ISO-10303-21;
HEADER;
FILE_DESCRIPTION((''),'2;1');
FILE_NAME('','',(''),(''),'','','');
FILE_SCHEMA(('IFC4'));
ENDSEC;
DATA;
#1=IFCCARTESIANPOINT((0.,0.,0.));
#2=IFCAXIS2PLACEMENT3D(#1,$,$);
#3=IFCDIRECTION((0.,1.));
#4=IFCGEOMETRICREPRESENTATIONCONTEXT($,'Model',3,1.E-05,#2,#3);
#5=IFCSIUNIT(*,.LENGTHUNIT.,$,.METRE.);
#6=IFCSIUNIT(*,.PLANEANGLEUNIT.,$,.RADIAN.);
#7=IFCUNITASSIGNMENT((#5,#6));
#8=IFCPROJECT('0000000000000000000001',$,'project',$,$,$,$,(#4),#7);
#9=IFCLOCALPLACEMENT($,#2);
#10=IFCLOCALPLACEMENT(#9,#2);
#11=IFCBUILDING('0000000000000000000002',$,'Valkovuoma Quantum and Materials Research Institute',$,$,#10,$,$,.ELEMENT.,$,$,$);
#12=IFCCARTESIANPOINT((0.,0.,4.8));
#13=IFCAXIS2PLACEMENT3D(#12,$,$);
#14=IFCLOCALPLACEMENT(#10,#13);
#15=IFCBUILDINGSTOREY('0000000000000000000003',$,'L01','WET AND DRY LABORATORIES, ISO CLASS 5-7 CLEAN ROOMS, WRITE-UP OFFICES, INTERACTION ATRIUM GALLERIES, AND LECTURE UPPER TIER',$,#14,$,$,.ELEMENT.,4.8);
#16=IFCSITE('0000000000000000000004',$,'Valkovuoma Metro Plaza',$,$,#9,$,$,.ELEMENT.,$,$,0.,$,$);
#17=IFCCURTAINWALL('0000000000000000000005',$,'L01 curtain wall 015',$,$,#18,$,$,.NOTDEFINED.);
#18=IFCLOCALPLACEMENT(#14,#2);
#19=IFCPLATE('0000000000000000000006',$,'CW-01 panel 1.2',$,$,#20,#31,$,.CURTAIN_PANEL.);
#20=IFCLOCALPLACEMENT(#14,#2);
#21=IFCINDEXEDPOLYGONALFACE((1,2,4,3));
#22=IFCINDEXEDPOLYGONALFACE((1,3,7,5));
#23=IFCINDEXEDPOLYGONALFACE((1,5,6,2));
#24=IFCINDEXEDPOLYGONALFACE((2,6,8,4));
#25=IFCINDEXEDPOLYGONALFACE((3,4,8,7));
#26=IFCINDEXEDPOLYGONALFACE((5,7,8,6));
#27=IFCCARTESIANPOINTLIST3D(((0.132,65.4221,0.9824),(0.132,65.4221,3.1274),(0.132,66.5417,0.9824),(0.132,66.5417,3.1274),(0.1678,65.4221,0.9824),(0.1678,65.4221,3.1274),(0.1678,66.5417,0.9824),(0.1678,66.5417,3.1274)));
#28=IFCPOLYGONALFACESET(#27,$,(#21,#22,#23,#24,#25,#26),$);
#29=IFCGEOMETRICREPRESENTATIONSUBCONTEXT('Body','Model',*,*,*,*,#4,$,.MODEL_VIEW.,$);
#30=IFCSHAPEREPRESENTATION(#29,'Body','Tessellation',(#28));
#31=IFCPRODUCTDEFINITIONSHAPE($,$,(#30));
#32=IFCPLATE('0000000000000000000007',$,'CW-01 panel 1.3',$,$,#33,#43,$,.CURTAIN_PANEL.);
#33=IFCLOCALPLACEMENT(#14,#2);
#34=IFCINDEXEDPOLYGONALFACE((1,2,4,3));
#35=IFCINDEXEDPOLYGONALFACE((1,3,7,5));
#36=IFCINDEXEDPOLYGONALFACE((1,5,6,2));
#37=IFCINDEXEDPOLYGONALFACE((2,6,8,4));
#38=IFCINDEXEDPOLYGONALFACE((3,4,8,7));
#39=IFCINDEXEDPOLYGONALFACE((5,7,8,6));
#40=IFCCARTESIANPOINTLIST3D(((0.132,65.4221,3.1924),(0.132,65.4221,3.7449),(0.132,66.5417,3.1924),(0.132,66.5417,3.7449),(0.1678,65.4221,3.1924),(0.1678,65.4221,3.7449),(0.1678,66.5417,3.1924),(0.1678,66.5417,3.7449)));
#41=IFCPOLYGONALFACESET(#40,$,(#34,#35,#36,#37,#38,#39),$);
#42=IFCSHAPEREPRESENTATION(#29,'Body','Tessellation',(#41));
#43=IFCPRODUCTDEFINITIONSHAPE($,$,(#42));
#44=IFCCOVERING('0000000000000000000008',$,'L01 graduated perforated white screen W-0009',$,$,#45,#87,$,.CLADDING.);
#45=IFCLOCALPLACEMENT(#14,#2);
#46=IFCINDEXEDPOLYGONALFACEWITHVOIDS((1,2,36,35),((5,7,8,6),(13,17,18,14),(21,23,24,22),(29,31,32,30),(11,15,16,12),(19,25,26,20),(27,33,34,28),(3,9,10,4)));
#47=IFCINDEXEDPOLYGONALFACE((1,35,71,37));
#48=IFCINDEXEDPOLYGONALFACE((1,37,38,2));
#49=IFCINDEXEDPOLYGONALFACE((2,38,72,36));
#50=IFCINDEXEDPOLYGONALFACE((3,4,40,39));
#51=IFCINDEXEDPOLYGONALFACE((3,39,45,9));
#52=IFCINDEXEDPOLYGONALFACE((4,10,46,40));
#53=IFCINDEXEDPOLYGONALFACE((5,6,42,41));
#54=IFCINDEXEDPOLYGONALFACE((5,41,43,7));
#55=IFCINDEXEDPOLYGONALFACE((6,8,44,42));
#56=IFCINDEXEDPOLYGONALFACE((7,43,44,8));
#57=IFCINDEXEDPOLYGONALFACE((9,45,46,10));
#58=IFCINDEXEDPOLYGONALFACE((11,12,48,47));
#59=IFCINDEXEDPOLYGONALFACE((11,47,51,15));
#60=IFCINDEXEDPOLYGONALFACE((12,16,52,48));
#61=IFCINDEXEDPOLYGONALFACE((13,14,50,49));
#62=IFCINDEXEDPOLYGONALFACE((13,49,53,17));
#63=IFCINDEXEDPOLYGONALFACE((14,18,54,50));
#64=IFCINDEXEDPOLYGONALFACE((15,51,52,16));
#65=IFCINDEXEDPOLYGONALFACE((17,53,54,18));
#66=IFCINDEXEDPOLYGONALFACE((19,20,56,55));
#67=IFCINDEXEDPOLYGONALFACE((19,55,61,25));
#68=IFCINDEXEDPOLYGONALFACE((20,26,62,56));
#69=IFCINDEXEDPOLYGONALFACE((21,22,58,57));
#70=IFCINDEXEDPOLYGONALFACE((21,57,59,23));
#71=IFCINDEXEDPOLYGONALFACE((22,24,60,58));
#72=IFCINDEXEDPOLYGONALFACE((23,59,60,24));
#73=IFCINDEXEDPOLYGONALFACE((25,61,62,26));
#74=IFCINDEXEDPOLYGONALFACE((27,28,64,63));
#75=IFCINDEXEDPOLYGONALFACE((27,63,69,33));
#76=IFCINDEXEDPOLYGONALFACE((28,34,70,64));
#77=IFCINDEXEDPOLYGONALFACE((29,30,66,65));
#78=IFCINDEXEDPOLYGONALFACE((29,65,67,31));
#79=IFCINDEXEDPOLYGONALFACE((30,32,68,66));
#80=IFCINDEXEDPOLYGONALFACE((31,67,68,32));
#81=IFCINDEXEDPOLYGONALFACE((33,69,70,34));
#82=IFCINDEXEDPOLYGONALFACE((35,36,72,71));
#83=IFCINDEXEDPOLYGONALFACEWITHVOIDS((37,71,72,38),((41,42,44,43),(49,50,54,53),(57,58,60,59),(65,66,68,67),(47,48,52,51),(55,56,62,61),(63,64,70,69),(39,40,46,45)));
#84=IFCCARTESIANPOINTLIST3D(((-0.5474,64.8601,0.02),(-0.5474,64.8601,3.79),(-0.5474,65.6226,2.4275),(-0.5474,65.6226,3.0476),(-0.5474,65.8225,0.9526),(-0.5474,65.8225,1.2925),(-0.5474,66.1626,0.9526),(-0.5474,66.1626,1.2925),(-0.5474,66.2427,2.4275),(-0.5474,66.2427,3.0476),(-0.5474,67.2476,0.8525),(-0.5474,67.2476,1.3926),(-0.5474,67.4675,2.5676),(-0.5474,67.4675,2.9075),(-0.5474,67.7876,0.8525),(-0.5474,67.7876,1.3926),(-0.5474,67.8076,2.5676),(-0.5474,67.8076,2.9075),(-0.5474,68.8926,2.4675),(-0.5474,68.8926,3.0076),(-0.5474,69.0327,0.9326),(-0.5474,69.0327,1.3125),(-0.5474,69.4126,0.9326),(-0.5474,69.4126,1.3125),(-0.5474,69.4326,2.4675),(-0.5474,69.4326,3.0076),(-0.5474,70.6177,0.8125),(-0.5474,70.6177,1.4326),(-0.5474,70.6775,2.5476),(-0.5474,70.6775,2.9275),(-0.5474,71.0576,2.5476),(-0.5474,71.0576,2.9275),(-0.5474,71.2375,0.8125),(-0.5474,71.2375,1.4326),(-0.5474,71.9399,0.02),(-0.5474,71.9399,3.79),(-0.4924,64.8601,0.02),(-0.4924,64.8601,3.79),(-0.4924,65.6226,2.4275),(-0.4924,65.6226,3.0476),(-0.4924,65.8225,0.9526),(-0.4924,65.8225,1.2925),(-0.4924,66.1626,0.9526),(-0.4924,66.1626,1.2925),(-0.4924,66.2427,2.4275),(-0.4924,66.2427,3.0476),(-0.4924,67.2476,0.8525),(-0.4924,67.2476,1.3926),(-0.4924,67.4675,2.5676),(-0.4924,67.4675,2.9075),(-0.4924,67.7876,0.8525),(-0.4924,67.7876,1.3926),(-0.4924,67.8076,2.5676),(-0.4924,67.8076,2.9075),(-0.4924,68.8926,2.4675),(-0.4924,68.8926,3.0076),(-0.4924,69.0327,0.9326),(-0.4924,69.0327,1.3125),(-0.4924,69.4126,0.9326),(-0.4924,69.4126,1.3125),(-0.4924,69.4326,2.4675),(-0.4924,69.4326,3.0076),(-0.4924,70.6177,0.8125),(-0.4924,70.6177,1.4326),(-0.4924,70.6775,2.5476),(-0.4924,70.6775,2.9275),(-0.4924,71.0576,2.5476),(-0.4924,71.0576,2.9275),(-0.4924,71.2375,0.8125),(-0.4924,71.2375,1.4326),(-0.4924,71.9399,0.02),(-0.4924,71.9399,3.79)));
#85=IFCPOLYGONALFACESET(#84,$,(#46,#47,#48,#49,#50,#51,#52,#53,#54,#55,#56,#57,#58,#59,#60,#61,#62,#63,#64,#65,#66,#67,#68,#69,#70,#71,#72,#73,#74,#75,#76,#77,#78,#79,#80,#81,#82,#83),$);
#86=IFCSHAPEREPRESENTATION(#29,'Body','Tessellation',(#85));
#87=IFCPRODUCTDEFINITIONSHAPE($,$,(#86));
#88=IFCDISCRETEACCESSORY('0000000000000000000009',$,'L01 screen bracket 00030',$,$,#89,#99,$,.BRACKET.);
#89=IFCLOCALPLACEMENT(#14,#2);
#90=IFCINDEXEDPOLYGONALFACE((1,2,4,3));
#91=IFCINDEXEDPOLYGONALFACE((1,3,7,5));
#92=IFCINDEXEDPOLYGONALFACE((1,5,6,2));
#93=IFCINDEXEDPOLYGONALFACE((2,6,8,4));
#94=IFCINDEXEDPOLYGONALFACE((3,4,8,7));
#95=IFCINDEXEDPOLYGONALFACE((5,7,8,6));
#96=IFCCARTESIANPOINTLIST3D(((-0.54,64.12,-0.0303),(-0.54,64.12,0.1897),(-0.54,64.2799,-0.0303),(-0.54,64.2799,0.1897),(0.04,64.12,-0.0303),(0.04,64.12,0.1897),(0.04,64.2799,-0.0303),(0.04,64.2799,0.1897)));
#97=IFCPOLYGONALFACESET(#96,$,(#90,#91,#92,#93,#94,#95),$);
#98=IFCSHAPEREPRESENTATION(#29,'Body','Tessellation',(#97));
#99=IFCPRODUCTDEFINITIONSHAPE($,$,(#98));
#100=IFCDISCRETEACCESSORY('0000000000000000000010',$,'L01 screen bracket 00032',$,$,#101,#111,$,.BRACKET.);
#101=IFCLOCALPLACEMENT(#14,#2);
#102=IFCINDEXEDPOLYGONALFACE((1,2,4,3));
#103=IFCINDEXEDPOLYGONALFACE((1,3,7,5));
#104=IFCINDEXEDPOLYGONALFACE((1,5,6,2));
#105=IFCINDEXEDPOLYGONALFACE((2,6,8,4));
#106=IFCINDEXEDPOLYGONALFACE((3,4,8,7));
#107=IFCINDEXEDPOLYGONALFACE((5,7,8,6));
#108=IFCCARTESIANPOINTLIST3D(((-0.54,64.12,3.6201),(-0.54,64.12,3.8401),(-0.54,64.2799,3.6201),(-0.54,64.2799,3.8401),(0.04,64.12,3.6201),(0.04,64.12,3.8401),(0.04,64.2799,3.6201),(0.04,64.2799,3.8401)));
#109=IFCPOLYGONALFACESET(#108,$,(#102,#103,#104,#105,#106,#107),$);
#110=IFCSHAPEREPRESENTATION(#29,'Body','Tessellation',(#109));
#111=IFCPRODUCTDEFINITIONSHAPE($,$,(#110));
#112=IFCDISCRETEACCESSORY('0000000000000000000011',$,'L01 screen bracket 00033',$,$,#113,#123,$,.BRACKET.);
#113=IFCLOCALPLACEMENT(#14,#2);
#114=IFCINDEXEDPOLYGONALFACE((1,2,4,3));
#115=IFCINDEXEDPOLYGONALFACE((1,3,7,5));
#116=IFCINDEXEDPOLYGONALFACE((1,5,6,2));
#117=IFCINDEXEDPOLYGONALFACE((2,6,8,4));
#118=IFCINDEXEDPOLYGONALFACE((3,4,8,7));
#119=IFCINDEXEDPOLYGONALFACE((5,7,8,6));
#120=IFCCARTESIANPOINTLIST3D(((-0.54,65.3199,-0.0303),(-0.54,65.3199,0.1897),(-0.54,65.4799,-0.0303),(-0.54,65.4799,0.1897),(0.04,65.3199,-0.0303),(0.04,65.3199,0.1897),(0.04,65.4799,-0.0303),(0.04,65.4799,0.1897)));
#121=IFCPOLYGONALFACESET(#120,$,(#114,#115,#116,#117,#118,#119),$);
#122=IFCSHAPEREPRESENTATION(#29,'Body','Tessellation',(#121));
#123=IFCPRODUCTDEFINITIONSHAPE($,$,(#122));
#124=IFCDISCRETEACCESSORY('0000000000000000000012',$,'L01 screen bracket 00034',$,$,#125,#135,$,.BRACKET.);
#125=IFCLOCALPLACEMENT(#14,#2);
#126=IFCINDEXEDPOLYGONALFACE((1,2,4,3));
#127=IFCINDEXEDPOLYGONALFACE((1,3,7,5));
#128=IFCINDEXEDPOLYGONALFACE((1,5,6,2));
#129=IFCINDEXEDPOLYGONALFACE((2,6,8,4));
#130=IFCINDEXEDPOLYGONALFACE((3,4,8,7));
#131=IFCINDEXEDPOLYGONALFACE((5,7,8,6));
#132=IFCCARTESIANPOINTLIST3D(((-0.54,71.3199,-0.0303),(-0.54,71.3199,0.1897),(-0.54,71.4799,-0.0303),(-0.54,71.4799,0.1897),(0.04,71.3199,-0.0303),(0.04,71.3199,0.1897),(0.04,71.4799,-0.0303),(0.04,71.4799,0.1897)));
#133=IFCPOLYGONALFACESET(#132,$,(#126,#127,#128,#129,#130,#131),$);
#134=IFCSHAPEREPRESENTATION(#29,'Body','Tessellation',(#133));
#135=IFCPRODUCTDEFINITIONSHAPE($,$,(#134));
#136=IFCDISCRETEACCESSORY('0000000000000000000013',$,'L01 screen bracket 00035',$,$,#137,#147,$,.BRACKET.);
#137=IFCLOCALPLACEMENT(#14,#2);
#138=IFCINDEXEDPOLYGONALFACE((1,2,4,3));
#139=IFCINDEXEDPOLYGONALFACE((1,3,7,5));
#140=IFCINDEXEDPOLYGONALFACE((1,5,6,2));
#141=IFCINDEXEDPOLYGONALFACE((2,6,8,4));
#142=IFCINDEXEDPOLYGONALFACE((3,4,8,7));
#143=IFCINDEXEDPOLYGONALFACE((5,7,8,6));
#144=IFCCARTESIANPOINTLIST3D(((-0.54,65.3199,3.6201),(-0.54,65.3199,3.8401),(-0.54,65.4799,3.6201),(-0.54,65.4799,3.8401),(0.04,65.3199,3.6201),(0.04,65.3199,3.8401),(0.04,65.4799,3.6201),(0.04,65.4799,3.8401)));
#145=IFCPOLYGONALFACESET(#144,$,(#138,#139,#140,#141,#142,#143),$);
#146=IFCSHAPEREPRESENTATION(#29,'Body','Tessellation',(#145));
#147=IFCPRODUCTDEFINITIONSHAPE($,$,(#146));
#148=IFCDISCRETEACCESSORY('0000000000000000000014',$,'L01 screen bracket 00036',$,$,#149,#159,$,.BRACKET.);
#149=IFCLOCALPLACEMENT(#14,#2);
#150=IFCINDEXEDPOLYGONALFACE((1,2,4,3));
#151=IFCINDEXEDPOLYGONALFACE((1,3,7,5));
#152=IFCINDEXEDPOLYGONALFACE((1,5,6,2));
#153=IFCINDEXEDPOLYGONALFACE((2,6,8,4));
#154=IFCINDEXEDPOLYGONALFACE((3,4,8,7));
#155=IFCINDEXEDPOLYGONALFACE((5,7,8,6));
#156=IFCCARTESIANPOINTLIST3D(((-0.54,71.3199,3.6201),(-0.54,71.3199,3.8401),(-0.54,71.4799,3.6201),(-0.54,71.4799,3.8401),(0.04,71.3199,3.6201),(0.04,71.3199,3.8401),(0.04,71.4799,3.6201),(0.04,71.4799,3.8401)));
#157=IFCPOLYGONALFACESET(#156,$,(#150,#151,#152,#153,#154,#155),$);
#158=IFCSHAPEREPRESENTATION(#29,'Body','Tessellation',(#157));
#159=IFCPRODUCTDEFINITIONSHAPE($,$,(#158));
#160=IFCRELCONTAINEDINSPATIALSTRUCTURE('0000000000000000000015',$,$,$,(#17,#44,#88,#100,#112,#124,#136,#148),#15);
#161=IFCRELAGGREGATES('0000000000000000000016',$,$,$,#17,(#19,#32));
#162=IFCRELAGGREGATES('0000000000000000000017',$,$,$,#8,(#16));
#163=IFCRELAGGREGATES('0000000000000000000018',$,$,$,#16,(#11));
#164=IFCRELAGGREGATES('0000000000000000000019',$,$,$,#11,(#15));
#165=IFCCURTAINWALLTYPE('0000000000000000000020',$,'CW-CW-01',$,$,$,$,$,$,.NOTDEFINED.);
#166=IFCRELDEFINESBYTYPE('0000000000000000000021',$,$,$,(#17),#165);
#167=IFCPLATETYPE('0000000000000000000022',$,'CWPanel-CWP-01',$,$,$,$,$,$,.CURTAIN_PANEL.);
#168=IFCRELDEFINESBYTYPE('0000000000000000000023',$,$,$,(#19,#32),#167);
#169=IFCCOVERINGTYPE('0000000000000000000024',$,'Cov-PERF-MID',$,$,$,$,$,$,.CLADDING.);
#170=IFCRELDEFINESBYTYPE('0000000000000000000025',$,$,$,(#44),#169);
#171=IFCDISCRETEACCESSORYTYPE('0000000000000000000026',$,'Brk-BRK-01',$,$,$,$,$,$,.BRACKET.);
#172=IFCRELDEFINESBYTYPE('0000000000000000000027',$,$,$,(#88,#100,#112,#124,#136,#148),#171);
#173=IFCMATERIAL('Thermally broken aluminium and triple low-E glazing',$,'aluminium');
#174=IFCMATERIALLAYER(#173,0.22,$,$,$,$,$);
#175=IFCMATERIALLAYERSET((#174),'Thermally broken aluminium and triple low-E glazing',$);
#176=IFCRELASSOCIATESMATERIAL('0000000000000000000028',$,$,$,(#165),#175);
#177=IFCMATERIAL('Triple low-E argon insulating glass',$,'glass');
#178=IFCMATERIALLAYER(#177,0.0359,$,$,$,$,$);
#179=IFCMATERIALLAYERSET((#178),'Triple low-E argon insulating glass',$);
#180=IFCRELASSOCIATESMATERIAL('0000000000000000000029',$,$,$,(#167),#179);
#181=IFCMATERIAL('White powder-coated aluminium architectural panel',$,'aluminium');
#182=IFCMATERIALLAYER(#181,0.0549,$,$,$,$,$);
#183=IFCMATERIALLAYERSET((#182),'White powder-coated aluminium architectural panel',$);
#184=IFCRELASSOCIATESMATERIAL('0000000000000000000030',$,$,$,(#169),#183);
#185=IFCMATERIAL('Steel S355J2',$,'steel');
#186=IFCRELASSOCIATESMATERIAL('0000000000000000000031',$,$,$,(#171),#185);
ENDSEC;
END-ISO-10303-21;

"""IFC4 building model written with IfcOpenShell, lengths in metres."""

from ifc_helpers import new_model, si_unit, direction, frame, origin, origin_2d, place, context, subcontext, project, spatial, polyline, rectangle, outline, extrude, material, layer, layer_set, type_object, element, aggregate, save


model = new_model("IFC4")

# Units and contexts
model_context = context("Model", 3, precision=1e-05, world=origin(), true_north=direction((0.0, 1.0)))
body_context = subcontext(model_context, "Body", "Model", "MODEL_VIEW")
ifc_project = project(units=[si_unit("LENGTHUNIT", "METRE"), si_unit("PLANEANGLEUNIT", "RADIAN")], contexts=[model_context])

# Site, building, storey
site_placement = place(None, origin())
site = spatial("IfcSite", under=ifc_project, at=site_placement, Name="Valkovuoma Metro Plaza", CompositionType="ELEMENT", RefElevation=0.0)
building_placement = place(site_placement, origin())
building = spatial("IfcBuilding", under=site, at=building_placement, Name="Valkovuoma Quantum and Materials Research Institute", CompositionType="ELEMENT")
storey_placement = place(building_placement, frame((0.0, 0.0, 4.8)))
storey = spatial("IfcBuildingStorey", under=building, at=storey_placement, Name="L01", Description="WET AND DRY LABORATORIES, ISO CLASS 5-7 CLEAN ROOMS, WRITE-UP OFFICES, INTERACTION ATRIUM GALLERIES, AND LECTURE UPPER TIER", CompositionType="ELEMENT", Elevation=4.8)

# Curtain wall
ifc_material_1 = material(Name="Thermally broken aluminium and triple low-E glazing", Category="aluminium")
ifc_layer_1 = layer(ifc_material_1, 0.22)
ifc_layer_set_1 = layer_set([ifc_layer_1], Name="Thermally broken aluminium and triple low-E glazing")
curtain_wall_type = type_object("IfcCurtainWallType", Name="CW-CW-01", PredefinedType="NOTDEFINED", material=ifc_layer_set_1)
curtain_wall_1_placement = place(storey_placement, origin())
curtain_wall_1 = element("IfcCurtainWall", 1, at=curtain_wall_1_placement, inside=storey, type_object=curtain_wall_type, Name="L01 curtain wall 015", PredefinedType="NOTDEFINED")

# Plates
ifc_material_2 = material(Name="Triple low-E argon insulating glass", Category="glass")
ifc_layer_2 = layer(ifc_material_2, 0.0359)
ifc_layer_set_2 = layer_set([ifc_layer_2], Name="Triple low-E argon insulating glass")
plate_type = type_object("IfcPlateType", Name="CWPanel-CWP-01", PredefinedType="CURTAIN_PANEL", material=ifc_layer_set_2)
plate_1_placement = place(storey_placement, frame((0.1499, 65.9819, 0.9824), z_axis=(0.0, 0.0, 1.0), x_axis=(0.0, 1.0, 0.0)))
plate_1 = element("IfcPlate", 2, at=plate_1_placement, type_object=plate_type, Name="CW-01 panel 1.2", PredefinedType="CURTAIN_PANEL", context=body_context, shape_type="SweptSolid", body=[
    extrude(rectangle(XDim=1.1196, YDim=0.0359, at=origin_2d()), origin(), (0.0, 0.0, 1.0), 2.145),
])
plate_2_placement = place(storey_placement, frame((0.1499, 65.9819, 3.1924), z_axis=(0.0, 0.0, 1.0), x_axis=(0.0, 1.0, 0.0)))
plate_2 = element("IfcPlate", 3, at=plate_2_placement, type_object=plate_type, Name="CW-01 panel 1.3", PredefinedType="CURTAIN_PANEL", context=body_context, shape_type="SweptSolid", body=[
    extrude(rectangle(XDim=1.1196, YDim=0.0359, at=origin_2d()), origin(), (0.0, 0.0, 1.0), 0.5525),
])
aggregate(curtain_wall_1, [plate_1, plate_2])

# Covering
ifc_material_3 = material(Name="White powder-coated aluminium architectural panel", Category="aluminium")
ifc_layer_3 = layer(ifc_material_3, 0.0549)
ifc_layer_set_3 = layer_set([ifc_layer_3], Name="White powder-coated aluminium architectural panel")
covering_type = type_object("IfcCoveringType", Name="Cov-PERF-MID", PredefinedType="CLADDING", material=ifc_layer_set_3)
covering_placement = place(storey_placement, frame((-0.52, 64.8601, 0.02), z_axis=(0.0, 0.0, 1.0), x_axis=(0.0, 1.0, 0.0)))
element("IfcCovering", 4, at=covering_placement, inside=storey, type_object=covering_type, Name="L01 graduated perforated white screen W-0009", PredefinedType="CLADDING", context=body_context, shape_type="SweptSolid", body=[
    extrude(outline(polyline([(0.0, 0.0), (7.0798, 0.0), (7.0798, 3.77), (0.0, 3.77), (0.0, 0.0)]), holes=[polyline([(0.9624, 0.9326), (0.9624, 1.2725), (1.3025, 1.2725), (1.3025, 0.9326), (0.9624, 0.9326)]), polyline([(0.7625, 2.4075), (0.7625, 3.0276), (1.3826, 3.0276), (1.3826, 2.4075), (0.7625, 2.4075)]), polyline([(2.3875, 0.8325), (2.3875, 1.3726), (2.9275, 1.3726), (2.9275, 0.8325), (2.3875, 0.8325)]), polyline([(2.6074, 2.5476), (2.6074, 2.8875), (2.9475, 2.8875), (2.9475, 2.5476), (2.6074, 2.5476)]), polyline([(4.1726, 0.9126), (4.1726, 1.2925), (4.5525, 1.2925), (4.5525, 0.9126), (4.1726, 0.9126)]), polyline([(4.0325, 2.4475), (4.0325, 2.9875), (4.5725, 2.9875), (4.5725, 2.4475), (4.0325, 2.4475)]), polyline([(5.7576, 0.7925), (5.7576, 1.4126), (6.3774, 1.4126), (6.3774, 0.7925), (5.7576, 0.7925)]), polyline([(5.8174, 2.5276), (5.8174, 2.9075), (6.1975, 2.9075), (6.1975, 2.5276), (5.8174, 2.5276)])]), frame((0.0, 0.0273, 0.0), z_axis=(0.0, -1.0, 0.0), x_axis=(1.0, 0.0, 0.0)), (0.0, 0.0, 1.0), 0.0549),
])

# Discrete accessories
ifc_material_4 = material(Name="Steel S355J2", Category="steel")
discrete_accessory_type = type_object("IfcDiscreteAccessoryType", Name="Brk-BRK-01", PredefinedType="BRACKET", material=ifc_material_4)
for number, where, z_axis, x_axis, name in (
    (5, (-0.25, 64.2, -0.0303), (0.0, 0.0, 1.0), (1.0, 0.0, 0.0), "L01 screen bracket 00030"),
    (6, (-0.25, 64.2, 3.6201), (0.0, 0.0, 1.0), (1.0, 0.0, 0.0), "L01 screen bracket 00032"),
    (7, (-0.25, 65.3999, -0.0303), (0.0, 0.0, 1.0), (1.0, 0.0, 0.0), "L01 screen bracket 00033"),
    (8, (-0.25, 71.3999, -0.0303), (0.0, 0.0, 1.0), (1.0, 0.0, 0.0), "L01 screen bracket 00034"),
    (9, (-0.25, 65.3999, 3.6201), (0.0, 0.0, 1.0), (1.0, 0.0, 0.0), "L01 screen bracket 00035"),
    (10, (-0.25, 71.3999, 3.6201), (0.0, 0.0, 1.0), (1.0, 0.0, 0.0), "L01 screen bracket 00036"),
):
    element("IfcDiscreteAccessory", number, at=place(storey_placement, frame(where, z_axis=z_axis, x_axis=x_axis)), inside=storey, type_object=discrete_accessory_type, Name=name, PredefinedType="BRACKET", context=body_context, shape_type="SweptSolid", body=[
        extrude(rectangle(XDim=0.5801, YDim=0.1599, at=origin_2d()), origin(), (0.0, 0.0, 1.0), 0.22),
    ])

save(model, "model.ifc")
